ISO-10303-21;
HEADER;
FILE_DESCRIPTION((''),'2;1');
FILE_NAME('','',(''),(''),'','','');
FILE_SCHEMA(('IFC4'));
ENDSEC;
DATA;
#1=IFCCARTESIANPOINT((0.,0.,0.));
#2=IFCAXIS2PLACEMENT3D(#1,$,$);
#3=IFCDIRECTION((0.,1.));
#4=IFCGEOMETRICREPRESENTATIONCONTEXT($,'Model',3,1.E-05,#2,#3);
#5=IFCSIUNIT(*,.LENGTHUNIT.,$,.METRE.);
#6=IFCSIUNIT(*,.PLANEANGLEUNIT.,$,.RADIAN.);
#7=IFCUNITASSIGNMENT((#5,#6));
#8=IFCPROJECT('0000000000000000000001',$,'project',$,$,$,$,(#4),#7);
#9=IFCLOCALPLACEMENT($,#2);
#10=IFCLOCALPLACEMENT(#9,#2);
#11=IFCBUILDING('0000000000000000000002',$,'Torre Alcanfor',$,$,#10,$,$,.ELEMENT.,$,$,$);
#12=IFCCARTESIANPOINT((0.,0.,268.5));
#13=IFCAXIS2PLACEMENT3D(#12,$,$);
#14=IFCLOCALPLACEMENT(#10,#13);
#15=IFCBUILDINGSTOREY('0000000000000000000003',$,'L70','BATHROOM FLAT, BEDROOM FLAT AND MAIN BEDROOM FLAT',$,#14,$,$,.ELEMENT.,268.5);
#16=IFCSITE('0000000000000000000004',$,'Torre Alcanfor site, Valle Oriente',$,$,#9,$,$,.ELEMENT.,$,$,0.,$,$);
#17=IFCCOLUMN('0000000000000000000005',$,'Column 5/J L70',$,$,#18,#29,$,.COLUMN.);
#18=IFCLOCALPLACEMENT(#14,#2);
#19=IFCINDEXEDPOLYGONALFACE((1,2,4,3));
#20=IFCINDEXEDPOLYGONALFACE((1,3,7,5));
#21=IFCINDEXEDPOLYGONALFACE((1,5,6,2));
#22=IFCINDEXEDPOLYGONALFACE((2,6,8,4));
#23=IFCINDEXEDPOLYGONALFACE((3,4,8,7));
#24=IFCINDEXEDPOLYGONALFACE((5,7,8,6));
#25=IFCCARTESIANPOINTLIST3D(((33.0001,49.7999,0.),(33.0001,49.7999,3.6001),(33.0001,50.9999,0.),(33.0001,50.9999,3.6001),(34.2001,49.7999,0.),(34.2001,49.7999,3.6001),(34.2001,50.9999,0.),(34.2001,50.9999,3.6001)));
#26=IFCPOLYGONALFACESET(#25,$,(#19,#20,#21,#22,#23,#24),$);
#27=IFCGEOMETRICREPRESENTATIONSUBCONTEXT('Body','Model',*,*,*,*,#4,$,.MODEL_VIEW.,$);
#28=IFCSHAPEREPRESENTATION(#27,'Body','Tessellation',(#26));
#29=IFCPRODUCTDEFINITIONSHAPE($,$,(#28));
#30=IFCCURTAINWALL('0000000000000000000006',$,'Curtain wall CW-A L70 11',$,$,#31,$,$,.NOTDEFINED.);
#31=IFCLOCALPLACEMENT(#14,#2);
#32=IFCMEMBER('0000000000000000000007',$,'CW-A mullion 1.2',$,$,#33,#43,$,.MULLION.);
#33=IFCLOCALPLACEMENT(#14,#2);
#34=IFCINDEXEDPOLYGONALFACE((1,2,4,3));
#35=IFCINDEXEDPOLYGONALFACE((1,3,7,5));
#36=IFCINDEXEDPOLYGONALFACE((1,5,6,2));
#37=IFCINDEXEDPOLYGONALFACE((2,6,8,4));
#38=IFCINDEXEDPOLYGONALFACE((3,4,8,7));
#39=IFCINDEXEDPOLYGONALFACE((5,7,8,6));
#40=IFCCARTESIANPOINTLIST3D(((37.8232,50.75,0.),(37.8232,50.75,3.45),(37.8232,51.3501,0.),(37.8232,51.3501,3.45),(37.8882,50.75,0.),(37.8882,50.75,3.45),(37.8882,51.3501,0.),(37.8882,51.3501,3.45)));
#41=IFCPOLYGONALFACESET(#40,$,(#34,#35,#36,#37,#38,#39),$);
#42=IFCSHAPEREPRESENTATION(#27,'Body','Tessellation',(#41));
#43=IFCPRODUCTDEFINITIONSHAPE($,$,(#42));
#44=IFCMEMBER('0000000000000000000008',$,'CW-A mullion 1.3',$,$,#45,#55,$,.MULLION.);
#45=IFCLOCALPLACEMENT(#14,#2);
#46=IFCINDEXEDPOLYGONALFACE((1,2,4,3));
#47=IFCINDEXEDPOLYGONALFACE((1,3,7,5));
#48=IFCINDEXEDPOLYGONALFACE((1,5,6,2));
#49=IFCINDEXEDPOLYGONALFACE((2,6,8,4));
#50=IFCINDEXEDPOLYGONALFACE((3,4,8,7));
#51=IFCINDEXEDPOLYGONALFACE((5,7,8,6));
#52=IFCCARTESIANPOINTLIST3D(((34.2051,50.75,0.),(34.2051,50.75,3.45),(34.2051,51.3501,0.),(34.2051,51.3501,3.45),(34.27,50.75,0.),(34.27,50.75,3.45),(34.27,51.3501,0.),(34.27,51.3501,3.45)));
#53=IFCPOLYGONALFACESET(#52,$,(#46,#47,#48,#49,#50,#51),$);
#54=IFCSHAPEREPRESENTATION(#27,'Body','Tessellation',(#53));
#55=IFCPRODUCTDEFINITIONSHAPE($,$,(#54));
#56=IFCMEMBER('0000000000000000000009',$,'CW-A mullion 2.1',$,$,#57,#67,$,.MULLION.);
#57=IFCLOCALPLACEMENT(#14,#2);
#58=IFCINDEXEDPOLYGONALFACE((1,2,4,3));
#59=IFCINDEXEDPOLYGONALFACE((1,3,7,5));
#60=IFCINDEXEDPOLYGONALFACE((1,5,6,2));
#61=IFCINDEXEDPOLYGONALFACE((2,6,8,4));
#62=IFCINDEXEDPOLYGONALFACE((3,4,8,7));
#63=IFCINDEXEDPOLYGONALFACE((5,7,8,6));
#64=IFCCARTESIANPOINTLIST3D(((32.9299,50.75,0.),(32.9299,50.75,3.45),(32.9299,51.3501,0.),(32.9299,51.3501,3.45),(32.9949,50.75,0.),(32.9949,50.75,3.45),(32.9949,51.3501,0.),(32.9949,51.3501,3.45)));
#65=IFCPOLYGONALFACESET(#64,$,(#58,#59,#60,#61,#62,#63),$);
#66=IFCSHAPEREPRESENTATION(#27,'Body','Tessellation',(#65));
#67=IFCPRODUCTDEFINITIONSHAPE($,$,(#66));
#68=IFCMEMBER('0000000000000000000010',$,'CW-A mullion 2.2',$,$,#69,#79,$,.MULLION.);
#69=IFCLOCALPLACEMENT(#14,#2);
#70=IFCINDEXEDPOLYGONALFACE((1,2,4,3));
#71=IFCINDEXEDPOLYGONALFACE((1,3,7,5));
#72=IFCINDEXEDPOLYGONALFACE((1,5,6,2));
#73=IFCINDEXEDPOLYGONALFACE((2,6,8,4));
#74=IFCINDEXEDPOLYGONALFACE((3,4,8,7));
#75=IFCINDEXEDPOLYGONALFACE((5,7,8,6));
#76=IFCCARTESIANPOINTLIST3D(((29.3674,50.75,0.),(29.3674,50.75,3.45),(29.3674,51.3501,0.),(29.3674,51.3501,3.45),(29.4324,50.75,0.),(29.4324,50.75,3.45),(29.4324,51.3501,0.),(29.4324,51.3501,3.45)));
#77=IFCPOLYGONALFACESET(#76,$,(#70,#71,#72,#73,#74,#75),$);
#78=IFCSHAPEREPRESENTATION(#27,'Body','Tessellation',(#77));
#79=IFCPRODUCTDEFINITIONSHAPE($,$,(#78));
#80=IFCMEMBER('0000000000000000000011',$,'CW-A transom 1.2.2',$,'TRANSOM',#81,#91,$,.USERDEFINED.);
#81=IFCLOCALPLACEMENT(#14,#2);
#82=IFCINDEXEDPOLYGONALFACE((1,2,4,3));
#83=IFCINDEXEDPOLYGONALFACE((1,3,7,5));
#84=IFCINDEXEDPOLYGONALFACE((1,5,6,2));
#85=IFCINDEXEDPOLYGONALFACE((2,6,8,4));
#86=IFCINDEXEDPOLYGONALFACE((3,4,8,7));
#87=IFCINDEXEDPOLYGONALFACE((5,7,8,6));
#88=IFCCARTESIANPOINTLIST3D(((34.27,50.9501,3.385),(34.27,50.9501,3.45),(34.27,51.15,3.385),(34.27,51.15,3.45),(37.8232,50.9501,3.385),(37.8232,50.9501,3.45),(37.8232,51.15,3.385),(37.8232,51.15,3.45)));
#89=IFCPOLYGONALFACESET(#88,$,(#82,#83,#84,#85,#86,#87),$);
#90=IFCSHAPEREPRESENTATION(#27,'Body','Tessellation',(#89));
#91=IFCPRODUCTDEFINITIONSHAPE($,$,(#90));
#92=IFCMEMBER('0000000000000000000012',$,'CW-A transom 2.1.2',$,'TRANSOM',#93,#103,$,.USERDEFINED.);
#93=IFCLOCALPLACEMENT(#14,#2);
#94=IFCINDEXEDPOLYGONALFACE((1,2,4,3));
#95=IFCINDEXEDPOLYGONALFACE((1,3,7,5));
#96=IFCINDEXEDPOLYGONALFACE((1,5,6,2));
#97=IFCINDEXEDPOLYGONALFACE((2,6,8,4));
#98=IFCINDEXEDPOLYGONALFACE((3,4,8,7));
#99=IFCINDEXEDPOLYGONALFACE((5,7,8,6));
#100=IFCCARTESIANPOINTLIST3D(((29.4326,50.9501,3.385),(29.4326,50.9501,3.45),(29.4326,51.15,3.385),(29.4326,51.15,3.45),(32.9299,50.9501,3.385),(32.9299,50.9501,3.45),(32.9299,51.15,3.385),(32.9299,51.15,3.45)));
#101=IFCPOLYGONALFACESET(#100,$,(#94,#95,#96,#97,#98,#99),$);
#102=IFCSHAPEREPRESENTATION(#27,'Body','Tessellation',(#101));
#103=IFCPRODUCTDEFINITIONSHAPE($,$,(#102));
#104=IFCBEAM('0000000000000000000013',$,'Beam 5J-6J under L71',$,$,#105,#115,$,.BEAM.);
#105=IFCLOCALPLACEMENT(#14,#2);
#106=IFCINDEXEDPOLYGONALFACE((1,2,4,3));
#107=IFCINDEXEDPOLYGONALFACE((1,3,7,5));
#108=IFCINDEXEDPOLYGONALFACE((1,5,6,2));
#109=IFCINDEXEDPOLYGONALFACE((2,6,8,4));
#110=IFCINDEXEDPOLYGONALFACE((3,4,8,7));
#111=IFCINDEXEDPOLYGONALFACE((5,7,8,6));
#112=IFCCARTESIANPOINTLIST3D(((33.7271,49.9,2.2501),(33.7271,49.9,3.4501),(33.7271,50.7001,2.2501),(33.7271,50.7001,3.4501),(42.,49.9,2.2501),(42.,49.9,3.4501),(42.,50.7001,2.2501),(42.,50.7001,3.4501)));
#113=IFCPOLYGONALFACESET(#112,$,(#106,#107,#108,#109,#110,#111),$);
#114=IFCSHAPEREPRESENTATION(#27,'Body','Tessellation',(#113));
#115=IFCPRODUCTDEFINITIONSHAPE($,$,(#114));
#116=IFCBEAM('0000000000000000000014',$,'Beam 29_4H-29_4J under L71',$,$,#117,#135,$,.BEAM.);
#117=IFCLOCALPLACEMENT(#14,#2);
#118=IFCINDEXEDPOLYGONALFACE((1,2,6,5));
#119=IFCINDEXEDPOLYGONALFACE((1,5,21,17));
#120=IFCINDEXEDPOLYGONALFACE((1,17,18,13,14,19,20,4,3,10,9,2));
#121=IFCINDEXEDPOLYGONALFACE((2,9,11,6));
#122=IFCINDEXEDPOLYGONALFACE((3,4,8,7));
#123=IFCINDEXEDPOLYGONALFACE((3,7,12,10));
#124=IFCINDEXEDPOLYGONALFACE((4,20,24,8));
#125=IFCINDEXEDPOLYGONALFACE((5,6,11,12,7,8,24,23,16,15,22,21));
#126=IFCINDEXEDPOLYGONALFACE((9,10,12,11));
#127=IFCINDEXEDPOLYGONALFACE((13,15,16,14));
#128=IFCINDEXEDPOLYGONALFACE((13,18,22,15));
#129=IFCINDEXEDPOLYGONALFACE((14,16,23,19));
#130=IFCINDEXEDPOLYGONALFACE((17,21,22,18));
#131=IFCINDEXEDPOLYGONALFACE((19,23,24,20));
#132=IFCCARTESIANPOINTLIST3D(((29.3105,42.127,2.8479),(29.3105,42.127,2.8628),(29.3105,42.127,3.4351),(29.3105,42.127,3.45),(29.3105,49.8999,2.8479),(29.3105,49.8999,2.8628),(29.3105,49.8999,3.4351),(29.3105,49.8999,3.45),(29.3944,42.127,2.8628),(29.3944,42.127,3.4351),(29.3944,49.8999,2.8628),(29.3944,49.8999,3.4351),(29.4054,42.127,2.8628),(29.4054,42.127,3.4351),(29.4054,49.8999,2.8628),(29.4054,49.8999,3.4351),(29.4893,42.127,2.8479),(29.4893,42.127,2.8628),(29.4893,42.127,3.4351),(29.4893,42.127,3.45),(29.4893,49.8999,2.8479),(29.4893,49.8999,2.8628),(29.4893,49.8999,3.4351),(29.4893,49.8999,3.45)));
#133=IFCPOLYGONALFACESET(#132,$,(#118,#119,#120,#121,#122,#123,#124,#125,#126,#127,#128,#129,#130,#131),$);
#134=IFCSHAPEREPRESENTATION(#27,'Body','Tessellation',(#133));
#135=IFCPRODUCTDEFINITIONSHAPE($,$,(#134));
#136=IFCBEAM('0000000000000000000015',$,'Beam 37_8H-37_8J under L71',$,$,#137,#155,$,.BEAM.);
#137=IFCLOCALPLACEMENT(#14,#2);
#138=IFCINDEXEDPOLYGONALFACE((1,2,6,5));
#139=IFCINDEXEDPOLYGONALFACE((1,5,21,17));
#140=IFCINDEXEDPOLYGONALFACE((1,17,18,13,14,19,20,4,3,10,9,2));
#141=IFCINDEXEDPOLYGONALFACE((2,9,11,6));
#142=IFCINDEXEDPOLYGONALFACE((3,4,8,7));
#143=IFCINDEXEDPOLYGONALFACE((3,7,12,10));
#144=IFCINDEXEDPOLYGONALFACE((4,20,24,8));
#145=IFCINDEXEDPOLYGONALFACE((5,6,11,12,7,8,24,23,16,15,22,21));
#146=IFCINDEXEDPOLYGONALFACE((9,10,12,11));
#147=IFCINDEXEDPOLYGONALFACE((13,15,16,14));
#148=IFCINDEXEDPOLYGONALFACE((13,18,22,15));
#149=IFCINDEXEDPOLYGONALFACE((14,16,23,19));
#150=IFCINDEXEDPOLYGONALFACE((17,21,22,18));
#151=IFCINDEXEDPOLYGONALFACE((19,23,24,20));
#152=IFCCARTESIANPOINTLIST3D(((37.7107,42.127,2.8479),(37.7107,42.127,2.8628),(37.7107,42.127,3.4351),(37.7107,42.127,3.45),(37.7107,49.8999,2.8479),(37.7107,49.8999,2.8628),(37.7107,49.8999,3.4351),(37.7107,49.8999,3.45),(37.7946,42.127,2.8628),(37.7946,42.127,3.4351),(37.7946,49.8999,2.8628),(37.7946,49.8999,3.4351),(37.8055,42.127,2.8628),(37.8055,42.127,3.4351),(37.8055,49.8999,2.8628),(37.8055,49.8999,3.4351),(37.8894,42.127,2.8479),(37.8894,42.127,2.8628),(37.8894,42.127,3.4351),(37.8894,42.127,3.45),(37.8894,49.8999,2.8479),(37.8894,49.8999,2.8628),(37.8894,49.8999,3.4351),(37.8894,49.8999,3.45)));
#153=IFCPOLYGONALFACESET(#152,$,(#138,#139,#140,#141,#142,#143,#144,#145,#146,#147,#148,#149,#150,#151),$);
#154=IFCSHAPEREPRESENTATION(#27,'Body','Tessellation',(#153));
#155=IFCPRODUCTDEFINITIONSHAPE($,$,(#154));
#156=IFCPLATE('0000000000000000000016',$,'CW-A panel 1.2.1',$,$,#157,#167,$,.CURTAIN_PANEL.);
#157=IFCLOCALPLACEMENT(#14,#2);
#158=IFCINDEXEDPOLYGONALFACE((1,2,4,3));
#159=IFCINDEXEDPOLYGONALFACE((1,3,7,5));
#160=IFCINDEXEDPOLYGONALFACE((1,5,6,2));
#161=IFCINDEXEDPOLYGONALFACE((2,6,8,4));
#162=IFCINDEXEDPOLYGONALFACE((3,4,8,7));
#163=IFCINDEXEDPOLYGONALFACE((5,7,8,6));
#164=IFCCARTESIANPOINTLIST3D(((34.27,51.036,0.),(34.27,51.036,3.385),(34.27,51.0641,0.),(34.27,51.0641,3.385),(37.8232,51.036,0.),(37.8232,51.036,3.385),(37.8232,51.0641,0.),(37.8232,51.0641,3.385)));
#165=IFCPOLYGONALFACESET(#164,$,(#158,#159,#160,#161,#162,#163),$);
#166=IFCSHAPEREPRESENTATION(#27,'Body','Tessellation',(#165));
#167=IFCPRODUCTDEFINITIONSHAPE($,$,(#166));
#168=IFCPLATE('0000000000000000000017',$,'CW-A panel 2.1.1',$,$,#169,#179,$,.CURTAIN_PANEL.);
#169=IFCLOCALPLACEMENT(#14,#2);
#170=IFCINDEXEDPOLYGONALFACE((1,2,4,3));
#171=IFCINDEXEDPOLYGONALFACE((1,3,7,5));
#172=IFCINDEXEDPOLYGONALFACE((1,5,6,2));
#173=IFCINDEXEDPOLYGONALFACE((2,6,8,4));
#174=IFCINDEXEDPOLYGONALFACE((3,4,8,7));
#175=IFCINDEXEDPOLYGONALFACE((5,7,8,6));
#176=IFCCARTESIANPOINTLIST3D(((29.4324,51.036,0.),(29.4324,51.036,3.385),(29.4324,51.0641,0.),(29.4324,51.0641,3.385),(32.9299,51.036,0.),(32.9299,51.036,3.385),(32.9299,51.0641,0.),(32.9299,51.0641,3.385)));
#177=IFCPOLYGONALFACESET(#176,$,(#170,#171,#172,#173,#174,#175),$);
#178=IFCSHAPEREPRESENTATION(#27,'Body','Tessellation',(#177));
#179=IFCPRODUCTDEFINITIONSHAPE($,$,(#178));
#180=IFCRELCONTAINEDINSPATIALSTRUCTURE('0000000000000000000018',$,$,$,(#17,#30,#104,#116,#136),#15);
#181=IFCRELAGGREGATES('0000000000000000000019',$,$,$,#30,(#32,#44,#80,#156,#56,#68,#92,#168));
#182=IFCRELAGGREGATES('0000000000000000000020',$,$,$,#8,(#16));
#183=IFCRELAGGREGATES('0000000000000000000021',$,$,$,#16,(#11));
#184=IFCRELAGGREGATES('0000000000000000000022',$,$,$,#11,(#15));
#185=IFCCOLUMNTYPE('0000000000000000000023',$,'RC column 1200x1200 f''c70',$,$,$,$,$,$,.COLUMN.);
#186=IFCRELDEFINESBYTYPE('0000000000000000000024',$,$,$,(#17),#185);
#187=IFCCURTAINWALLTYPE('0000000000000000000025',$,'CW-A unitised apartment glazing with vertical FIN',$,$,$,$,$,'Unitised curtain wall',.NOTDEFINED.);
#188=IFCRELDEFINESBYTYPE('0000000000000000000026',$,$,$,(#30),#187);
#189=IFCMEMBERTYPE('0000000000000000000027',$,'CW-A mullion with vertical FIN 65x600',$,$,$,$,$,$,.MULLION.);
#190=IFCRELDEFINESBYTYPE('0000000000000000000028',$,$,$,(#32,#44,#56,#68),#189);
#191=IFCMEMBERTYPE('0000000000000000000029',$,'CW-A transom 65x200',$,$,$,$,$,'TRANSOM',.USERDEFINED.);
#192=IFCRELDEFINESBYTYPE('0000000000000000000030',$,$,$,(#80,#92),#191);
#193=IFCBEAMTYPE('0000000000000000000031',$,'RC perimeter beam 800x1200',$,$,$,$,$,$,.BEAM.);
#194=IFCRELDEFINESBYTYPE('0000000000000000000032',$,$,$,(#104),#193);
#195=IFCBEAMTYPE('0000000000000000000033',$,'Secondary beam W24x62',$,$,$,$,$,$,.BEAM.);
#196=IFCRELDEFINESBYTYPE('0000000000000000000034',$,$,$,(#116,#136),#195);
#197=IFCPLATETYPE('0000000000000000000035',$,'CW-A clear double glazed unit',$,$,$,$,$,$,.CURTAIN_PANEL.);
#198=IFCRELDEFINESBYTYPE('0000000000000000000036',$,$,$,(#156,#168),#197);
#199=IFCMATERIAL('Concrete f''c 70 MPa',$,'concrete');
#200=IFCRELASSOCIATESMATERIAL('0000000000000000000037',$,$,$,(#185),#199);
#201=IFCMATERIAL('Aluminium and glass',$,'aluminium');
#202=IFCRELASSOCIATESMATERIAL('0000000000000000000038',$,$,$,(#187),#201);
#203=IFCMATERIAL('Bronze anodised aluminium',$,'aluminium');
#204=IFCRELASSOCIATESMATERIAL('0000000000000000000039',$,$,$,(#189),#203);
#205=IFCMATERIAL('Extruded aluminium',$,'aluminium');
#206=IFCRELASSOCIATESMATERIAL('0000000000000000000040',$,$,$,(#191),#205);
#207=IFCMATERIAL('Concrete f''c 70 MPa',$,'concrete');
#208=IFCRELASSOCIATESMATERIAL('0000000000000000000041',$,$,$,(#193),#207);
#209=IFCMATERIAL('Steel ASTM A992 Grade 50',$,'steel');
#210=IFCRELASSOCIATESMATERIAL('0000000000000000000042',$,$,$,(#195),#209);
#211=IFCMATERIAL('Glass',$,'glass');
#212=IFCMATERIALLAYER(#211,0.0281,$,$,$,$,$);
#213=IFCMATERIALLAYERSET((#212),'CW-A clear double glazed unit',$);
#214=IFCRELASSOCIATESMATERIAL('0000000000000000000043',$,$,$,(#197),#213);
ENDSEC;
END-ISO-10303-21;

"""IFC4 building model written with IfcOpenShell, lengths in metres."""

from ifc_helpers import new_model, si_unit, direction, frame, origin, origin_2d, place, context, subcontext, project, spatial, rectangle, i_section, extrude, material, layer, layer_set, material_profile, profile_set, type_object, element, aggregate, save


model = new_model("IFC4")

# Units and contexts
model_context = context("Model", 3, precision=1e-05, world=origin(), true_north=direction((0.0, 1.0)))
body_context = subcontext(model_context, "Body", "Model", "MODEL_VIEW")
ifc_project = project(units=[si_unit("LENGTHUNIT", "METRE"), si_unit("PLANEANGLEUNIT", "RADIAN")], contexts=[model_context])

# Site, building, storey
site_placement = place(None, origin())
site = spatial("IfcSite", under=ifc_project, at=site_placement, Name="Torre Alcanfor site, Valle Oriente", CompositionType="ELEMENT", RefElevation=0.0)
building_placement = place(site_placement, origin())
building = spatial("IfcBuilding", under=site, at=building_placement, Name="Torre Alcanfor", CompositionType="ELEMENT")
storey_placement = place(building_placement, frame((0.0, 0.0, 268.5)))
storey = spatial("IfcBuildingStorey", under=building, at=storey_placement, Name="L70", Description="BATHROOM FLAT, BEDROOM FLAT AND MAIN BEDROOM FLAT", CompositionType="ELEMENT", Elevation=268.5)

# Column
ifc_material_1 = material(Name="Concrete f'c 70 MPa", Category="concrete")
ifc_material_profile_1 = material_profile(ifc_material_1, rectangle(XDim=1.2, YDim=1.2, at=origin_2d()), Name="1200x1200")
ifc_profile_set_1 = profile_set([ifc_material_profile_1], Name="Concrete f'c 70 MPa")
column_type = type_object("IfcColumnType", Name="RC column 1200x1200 f'c70", PredefinedType="COLUMN", material=ifc_profile_set_1)
column_placement = place(storey_placement, frame((33.6001, 50.3999, 0.0), z_axis=(0.0, 0.0, 1.0), x_axis=(1.0, 0.0, 0.0)))
element("IfcColumn", 1, at=column_placement, inside=storey, type_object=column_type, Name="Column 5/J L70", PredefinedType="COLUMN", context=body_context, shape_type="SweptSolid", body=[
    extrude(rectangle(XDim=1.2, YDim=1.2, at=origin_2d()), origin(), (0.0, 0.0, 1.0), 3.6001),
])

# Curtain wall, members
ifc_material_2 = material(Name="Aluminium and glass", Category="aluminium")
curtain_wall_type = type_object("IfcCurtainWallType", Name="CW-A unitised apartment glazing with vertical FIN", ElementType="Unitised curtain wall", PredefinedType="NOTDEFINED", material=ifc_material_2)
curtain_wall_placement = place(storey_placement, origin())
curtain_wall = element("IfcCurtainWall", 2, at=curtain_wall_placement, inside=storey, type_object=curtain_wall_type, Name="Curtain wall CW-A L70 11", PredefinedType="NOTDEFINED")
ifc_material_3 = material(Name="Bronze anodised aluminium", Category="aluminium")
ifc_material_profile_2 = material_profile(ifc_material_3, rectangle(XDim=0.6001, YDim=0.0649, at=origin_2d()), Name="CW-A mullion 65x600")
ifc_profile_set_2 = profile_set([ifc_material_profile_2], Name="Bronze anodised aluminium")
member_type_1 = type_object("IfcMemberType", Name="CW-A mullion with vertical FIN 65x600", PredefinedType="MULLION", material=ifc_profile_set_2)
member_1_placement = place(storey_placement, frame((37.8557, 51.05, 0.0), z_axis=(0.0, 0.0, 1.0), x_axis=(0.0, -1.0, 0.0)))
member_1 = element("IfcMember", 3, at=member_1_placement, type_object=member_type_1, Name="CW-A mullion 1.2", PredefinedType="MULLION", context=body_context, shape_type="SweptSolid", body=[
    extrude(rectangle(XDim=0.6001, YDim=0.0649, at=origin_2d()), origin(), (0.0, 0.0, 1.0), 3.45),
])
member_2_placement = place(storey_placement, frame((34.2375, 51.05, 0.0), z_axis=(0.0, 0.0, 1.0), x_axis=(0.0, -1.0, 0.0)))
member_2 = element("IfcMember", 4, at=member_2_placement, type_object=member_type_1, Name="CW-A mullion 1.3", PredefinedType="MULLION", context=body_context, shape_type="SweptSolid", body=[
    extrude(rectangle(XDim=0.6001, YDim=0.0649, at=origin_2d()), origin(), (0.0, 0.0, 1.0), 3.45),
])
member_3_placement = place(storey_placement, frame((32.9624, 51.05, 0.0), z_axis=(0.0, 0.0, 1.0), x_axis=(0.0, -1.0, 0.0)))
member_3 = element("IfcMember", 5, at=member_3_placement, type_object=member_type_1, Name="CW-A mullion 2.1", PredefinedType="MULLION", context=body_context, shape_type="SweptSolid", body=[
    extrude(rectangle(XDim=0.6001, YDim=0.0649, at=origin_2d()), origin(), (0.0, 0.0, 1.0), 3.45),
])
member_4_placement = place(storey_placement, frame((29.3999, 51.05, 0.0), z_axis=(0.0, 0.0, 1.0), x_axis=(0.0, -1.0, 0.0)))
member_4 = element("IfcMember", 6, at=member_4_placement, type_object=member_type_1, Name="CW-A mullion 2.2", PredefinedType="MULLION", context=body_context, shape_type="SweptSolid", body=[
    extrude(rectangle(XDim=0.6001, YDim=0.0649, at=origin_2d()), origin(), (0.0, 0.0, 1.0), 3.45),
])
ifc_material_4 = material(Name="Extruded aluminium", Category="aluminium")
ifc_material_profile_3 = material_profile(ifc_material_4, rectangle(XDim=0.2, YDim=0.0649, at=origin_2d()), Name="CW-A transom 200x65")
ifc_profile_set_3 = profile_set([ifc_material_profile_3], Name="Extruded aluminium")
member_type_2 = type_object("IfcMemberType", Name="CW-A transom 65x200", ElementType="TRANSOM", PredefinedType="USERDEFINED", material=ifc_profile_set_3)
member_5_placement = place(storey_placement, frame((37.8232, 51.05, 3.4175), z_axis=(-1.0, 0.0, 0.0), x_axis=(0.0, -1.0, 0.0)))
member_5 = element("IfcMember", 7, at=member_5_placement, type_object=member_type_2, Name="CW-A transom 1.2.2", ObjectType="TRANSOM", PredefinedType="USERDEFINED", context=body_context, shape_type="SweptSolid", body=[
    extrude(rectangle(XDim=0.2, YDim=0.0649, at=origin_2d()), origin(), (0.0, 0.0, 1.0), 3.5532),
])
member_6_placement = place(storey_placement, frame((32.9299, 51.05, 3.4175), z_axis=(-1.0, 0.0, 0.0), x_axis=(0.0, -1.0, 0.0)))
member_6 = element("IfcMember", 8, at=member_6_placement, type_object=member_type_2, Name="CW-A transom 2.1.2", ObjectType="TRANSOM", PredefinedType="USERDEFINED", context=body_context, shape_type="SweptSolid", body=[
    extrude(rectangle(XDim=0.2, YDim=0.0649, at=origin_2d()), origin(), (0.0, 0.0, 1.0), 3.4973),
])

# Beams
ifc_material_5 = material(Name="Concrete f'c 70 MPa", Category="concrete")
ifc_material_profile_4 = material_profile(ifc_material_5, rectangle(XDim=0.8, YDim=1.2, at=origin_2d()), Name="800x1200")
ifc_profile_set_4 = profile_set([ifc_material_profile_4], Name="Concrete f'c 70 MPa")
beam_type_1 = type_object("IfcBeamType", Name="RC perimeter beam 800x1200", PredefinedType="BEAM", material=ifc_profile_set_4)
beam_placement = place(storey_placement, frame((33.7271, 50.3, 2.8501), z_axis=(1.0, 0.0, 0.0), x_axis=(0.0, 1.0, 0.0)))
element("IfcBeam", 9, at=beam_placement, inside=storey, type_object=beam_type_1, Name="Beam 5J-6J under L71", PredefinedType="BEAM", context=body_context, shape_type="SweptSolid", body=[
    extrude(rectangle(XDim=0.8, YDim=1.2, at=origin_2d()), origin(), (0.0, 0.0, 1.0), 8.2729),
])
ifc_material_6 = material(Name="Steel ASTM A992 Grade 50", Category="steel")
ifc_material_profile_5 = material_profile(ifc_material_6, i_section(OverallWidth=0.1787, OverallDepth=0.6021, WebThickness=0.011, FlangeThickness=0.0149, at=origin_2d()), Name="W24x62")
ifc_profile_set_5 = profile_set([ifc_material_profile_5], Name="Steel ASTM A992 Grade 50")
beam_type_2 = type_object("IfcBeamType", Name="Secondary beam W24x62", PredefinedType="BEAM", material=ifc_profile_set_5)
for number, where, z_axis, x_axis, name in (
    (10, (29.3999, 42.127, 3.1489), (0.0, 1.0, 0.0), (-1.0, 0.0, 0.0), "Beam 29_4H-29_4J under L71"),
    (11, (37.8, 42.127, 3.1489), (0.0, 1.0, 0.0), (-1.0, 0.0, 0.0), "Beam 37_8H-37_8J under L71"),
):
    element("IfcBeam", number, at=place(storey_placement, frame(where, z_axis=z_axis, x_axis=x_axis)), inside=storey, type_object=beam_type_2, Name=name, PredefinedType="BEAM", context=body_context, shape_type="SweptSolid", body=[
        extrude(i_section(OverallWidth=0.1787, OverallDepth=0.6021, WebThickness=0.011, FlangeThickness=0.0149, at=origin_2d()), origin(), (0.0, 0.0, 1.0), 7.7729),
    ])

# Plates
ifc_material_7 = material(Name="Glass", Category="glass")
ifc_layer_1 = layer(ifc_material_7, 0.0281)
ifc_layer_set_1 = layer_set([ifc_layer_1], Name="CW-A clear double glazed unit")
plate_type = type_object("IfcPlateType", Name="CW-A clear double glazed unit", PredefinedType="CURTAIN_PANEL", material=ifc_layer_set_1)
plate_1_placement = place(storey_placement, frame((36.0466, 51.05, 0.0), z_axis=(0.0, 0.0, 1.0), x_axis=(-1.0, 0.0, 0.0)))
plate_1 = element("IfcPlate", 12, at=plate_1_placement, type_object=plate_type, Name="CW-A panel 1.2.1", PredefinedType="CURTAIN_PANEL", context=body_context, shape_type="SweptSolid", body=[
    extrude(rectangle(XDim=3.5532, YDim=0.0281, at=origin_2d()), origin(), (0.0, 0.0, 1.0), 3.385),
])
plate_2_placement = place(storey_placement, frame((31.1812, 51.05, 0.0), z_axis=(0.0, 0.0, 1.0), x_axis=(-1.0, 0.0, 0.0)))
plate_2 = element("IfcPlate", 13, at=plate_2_placement, type_object=plate_type, Name="CW-A panel 2.1.1", PredefinedType="CURTAIN_PANEL", context=body_context, shape_type="SweptSolid", body=[
    extrude(rectangle(XDim=3.4976, YDim=0.0281, at=origin_2d()), origin(), (0.0, 0.0, 1.0), 3.385),
])
aggregate(curtain_wall, [member_1, member_2, member_5, plate_1, member_3, member_4, member_6, plate_2])

save(model, "model.ifc")
